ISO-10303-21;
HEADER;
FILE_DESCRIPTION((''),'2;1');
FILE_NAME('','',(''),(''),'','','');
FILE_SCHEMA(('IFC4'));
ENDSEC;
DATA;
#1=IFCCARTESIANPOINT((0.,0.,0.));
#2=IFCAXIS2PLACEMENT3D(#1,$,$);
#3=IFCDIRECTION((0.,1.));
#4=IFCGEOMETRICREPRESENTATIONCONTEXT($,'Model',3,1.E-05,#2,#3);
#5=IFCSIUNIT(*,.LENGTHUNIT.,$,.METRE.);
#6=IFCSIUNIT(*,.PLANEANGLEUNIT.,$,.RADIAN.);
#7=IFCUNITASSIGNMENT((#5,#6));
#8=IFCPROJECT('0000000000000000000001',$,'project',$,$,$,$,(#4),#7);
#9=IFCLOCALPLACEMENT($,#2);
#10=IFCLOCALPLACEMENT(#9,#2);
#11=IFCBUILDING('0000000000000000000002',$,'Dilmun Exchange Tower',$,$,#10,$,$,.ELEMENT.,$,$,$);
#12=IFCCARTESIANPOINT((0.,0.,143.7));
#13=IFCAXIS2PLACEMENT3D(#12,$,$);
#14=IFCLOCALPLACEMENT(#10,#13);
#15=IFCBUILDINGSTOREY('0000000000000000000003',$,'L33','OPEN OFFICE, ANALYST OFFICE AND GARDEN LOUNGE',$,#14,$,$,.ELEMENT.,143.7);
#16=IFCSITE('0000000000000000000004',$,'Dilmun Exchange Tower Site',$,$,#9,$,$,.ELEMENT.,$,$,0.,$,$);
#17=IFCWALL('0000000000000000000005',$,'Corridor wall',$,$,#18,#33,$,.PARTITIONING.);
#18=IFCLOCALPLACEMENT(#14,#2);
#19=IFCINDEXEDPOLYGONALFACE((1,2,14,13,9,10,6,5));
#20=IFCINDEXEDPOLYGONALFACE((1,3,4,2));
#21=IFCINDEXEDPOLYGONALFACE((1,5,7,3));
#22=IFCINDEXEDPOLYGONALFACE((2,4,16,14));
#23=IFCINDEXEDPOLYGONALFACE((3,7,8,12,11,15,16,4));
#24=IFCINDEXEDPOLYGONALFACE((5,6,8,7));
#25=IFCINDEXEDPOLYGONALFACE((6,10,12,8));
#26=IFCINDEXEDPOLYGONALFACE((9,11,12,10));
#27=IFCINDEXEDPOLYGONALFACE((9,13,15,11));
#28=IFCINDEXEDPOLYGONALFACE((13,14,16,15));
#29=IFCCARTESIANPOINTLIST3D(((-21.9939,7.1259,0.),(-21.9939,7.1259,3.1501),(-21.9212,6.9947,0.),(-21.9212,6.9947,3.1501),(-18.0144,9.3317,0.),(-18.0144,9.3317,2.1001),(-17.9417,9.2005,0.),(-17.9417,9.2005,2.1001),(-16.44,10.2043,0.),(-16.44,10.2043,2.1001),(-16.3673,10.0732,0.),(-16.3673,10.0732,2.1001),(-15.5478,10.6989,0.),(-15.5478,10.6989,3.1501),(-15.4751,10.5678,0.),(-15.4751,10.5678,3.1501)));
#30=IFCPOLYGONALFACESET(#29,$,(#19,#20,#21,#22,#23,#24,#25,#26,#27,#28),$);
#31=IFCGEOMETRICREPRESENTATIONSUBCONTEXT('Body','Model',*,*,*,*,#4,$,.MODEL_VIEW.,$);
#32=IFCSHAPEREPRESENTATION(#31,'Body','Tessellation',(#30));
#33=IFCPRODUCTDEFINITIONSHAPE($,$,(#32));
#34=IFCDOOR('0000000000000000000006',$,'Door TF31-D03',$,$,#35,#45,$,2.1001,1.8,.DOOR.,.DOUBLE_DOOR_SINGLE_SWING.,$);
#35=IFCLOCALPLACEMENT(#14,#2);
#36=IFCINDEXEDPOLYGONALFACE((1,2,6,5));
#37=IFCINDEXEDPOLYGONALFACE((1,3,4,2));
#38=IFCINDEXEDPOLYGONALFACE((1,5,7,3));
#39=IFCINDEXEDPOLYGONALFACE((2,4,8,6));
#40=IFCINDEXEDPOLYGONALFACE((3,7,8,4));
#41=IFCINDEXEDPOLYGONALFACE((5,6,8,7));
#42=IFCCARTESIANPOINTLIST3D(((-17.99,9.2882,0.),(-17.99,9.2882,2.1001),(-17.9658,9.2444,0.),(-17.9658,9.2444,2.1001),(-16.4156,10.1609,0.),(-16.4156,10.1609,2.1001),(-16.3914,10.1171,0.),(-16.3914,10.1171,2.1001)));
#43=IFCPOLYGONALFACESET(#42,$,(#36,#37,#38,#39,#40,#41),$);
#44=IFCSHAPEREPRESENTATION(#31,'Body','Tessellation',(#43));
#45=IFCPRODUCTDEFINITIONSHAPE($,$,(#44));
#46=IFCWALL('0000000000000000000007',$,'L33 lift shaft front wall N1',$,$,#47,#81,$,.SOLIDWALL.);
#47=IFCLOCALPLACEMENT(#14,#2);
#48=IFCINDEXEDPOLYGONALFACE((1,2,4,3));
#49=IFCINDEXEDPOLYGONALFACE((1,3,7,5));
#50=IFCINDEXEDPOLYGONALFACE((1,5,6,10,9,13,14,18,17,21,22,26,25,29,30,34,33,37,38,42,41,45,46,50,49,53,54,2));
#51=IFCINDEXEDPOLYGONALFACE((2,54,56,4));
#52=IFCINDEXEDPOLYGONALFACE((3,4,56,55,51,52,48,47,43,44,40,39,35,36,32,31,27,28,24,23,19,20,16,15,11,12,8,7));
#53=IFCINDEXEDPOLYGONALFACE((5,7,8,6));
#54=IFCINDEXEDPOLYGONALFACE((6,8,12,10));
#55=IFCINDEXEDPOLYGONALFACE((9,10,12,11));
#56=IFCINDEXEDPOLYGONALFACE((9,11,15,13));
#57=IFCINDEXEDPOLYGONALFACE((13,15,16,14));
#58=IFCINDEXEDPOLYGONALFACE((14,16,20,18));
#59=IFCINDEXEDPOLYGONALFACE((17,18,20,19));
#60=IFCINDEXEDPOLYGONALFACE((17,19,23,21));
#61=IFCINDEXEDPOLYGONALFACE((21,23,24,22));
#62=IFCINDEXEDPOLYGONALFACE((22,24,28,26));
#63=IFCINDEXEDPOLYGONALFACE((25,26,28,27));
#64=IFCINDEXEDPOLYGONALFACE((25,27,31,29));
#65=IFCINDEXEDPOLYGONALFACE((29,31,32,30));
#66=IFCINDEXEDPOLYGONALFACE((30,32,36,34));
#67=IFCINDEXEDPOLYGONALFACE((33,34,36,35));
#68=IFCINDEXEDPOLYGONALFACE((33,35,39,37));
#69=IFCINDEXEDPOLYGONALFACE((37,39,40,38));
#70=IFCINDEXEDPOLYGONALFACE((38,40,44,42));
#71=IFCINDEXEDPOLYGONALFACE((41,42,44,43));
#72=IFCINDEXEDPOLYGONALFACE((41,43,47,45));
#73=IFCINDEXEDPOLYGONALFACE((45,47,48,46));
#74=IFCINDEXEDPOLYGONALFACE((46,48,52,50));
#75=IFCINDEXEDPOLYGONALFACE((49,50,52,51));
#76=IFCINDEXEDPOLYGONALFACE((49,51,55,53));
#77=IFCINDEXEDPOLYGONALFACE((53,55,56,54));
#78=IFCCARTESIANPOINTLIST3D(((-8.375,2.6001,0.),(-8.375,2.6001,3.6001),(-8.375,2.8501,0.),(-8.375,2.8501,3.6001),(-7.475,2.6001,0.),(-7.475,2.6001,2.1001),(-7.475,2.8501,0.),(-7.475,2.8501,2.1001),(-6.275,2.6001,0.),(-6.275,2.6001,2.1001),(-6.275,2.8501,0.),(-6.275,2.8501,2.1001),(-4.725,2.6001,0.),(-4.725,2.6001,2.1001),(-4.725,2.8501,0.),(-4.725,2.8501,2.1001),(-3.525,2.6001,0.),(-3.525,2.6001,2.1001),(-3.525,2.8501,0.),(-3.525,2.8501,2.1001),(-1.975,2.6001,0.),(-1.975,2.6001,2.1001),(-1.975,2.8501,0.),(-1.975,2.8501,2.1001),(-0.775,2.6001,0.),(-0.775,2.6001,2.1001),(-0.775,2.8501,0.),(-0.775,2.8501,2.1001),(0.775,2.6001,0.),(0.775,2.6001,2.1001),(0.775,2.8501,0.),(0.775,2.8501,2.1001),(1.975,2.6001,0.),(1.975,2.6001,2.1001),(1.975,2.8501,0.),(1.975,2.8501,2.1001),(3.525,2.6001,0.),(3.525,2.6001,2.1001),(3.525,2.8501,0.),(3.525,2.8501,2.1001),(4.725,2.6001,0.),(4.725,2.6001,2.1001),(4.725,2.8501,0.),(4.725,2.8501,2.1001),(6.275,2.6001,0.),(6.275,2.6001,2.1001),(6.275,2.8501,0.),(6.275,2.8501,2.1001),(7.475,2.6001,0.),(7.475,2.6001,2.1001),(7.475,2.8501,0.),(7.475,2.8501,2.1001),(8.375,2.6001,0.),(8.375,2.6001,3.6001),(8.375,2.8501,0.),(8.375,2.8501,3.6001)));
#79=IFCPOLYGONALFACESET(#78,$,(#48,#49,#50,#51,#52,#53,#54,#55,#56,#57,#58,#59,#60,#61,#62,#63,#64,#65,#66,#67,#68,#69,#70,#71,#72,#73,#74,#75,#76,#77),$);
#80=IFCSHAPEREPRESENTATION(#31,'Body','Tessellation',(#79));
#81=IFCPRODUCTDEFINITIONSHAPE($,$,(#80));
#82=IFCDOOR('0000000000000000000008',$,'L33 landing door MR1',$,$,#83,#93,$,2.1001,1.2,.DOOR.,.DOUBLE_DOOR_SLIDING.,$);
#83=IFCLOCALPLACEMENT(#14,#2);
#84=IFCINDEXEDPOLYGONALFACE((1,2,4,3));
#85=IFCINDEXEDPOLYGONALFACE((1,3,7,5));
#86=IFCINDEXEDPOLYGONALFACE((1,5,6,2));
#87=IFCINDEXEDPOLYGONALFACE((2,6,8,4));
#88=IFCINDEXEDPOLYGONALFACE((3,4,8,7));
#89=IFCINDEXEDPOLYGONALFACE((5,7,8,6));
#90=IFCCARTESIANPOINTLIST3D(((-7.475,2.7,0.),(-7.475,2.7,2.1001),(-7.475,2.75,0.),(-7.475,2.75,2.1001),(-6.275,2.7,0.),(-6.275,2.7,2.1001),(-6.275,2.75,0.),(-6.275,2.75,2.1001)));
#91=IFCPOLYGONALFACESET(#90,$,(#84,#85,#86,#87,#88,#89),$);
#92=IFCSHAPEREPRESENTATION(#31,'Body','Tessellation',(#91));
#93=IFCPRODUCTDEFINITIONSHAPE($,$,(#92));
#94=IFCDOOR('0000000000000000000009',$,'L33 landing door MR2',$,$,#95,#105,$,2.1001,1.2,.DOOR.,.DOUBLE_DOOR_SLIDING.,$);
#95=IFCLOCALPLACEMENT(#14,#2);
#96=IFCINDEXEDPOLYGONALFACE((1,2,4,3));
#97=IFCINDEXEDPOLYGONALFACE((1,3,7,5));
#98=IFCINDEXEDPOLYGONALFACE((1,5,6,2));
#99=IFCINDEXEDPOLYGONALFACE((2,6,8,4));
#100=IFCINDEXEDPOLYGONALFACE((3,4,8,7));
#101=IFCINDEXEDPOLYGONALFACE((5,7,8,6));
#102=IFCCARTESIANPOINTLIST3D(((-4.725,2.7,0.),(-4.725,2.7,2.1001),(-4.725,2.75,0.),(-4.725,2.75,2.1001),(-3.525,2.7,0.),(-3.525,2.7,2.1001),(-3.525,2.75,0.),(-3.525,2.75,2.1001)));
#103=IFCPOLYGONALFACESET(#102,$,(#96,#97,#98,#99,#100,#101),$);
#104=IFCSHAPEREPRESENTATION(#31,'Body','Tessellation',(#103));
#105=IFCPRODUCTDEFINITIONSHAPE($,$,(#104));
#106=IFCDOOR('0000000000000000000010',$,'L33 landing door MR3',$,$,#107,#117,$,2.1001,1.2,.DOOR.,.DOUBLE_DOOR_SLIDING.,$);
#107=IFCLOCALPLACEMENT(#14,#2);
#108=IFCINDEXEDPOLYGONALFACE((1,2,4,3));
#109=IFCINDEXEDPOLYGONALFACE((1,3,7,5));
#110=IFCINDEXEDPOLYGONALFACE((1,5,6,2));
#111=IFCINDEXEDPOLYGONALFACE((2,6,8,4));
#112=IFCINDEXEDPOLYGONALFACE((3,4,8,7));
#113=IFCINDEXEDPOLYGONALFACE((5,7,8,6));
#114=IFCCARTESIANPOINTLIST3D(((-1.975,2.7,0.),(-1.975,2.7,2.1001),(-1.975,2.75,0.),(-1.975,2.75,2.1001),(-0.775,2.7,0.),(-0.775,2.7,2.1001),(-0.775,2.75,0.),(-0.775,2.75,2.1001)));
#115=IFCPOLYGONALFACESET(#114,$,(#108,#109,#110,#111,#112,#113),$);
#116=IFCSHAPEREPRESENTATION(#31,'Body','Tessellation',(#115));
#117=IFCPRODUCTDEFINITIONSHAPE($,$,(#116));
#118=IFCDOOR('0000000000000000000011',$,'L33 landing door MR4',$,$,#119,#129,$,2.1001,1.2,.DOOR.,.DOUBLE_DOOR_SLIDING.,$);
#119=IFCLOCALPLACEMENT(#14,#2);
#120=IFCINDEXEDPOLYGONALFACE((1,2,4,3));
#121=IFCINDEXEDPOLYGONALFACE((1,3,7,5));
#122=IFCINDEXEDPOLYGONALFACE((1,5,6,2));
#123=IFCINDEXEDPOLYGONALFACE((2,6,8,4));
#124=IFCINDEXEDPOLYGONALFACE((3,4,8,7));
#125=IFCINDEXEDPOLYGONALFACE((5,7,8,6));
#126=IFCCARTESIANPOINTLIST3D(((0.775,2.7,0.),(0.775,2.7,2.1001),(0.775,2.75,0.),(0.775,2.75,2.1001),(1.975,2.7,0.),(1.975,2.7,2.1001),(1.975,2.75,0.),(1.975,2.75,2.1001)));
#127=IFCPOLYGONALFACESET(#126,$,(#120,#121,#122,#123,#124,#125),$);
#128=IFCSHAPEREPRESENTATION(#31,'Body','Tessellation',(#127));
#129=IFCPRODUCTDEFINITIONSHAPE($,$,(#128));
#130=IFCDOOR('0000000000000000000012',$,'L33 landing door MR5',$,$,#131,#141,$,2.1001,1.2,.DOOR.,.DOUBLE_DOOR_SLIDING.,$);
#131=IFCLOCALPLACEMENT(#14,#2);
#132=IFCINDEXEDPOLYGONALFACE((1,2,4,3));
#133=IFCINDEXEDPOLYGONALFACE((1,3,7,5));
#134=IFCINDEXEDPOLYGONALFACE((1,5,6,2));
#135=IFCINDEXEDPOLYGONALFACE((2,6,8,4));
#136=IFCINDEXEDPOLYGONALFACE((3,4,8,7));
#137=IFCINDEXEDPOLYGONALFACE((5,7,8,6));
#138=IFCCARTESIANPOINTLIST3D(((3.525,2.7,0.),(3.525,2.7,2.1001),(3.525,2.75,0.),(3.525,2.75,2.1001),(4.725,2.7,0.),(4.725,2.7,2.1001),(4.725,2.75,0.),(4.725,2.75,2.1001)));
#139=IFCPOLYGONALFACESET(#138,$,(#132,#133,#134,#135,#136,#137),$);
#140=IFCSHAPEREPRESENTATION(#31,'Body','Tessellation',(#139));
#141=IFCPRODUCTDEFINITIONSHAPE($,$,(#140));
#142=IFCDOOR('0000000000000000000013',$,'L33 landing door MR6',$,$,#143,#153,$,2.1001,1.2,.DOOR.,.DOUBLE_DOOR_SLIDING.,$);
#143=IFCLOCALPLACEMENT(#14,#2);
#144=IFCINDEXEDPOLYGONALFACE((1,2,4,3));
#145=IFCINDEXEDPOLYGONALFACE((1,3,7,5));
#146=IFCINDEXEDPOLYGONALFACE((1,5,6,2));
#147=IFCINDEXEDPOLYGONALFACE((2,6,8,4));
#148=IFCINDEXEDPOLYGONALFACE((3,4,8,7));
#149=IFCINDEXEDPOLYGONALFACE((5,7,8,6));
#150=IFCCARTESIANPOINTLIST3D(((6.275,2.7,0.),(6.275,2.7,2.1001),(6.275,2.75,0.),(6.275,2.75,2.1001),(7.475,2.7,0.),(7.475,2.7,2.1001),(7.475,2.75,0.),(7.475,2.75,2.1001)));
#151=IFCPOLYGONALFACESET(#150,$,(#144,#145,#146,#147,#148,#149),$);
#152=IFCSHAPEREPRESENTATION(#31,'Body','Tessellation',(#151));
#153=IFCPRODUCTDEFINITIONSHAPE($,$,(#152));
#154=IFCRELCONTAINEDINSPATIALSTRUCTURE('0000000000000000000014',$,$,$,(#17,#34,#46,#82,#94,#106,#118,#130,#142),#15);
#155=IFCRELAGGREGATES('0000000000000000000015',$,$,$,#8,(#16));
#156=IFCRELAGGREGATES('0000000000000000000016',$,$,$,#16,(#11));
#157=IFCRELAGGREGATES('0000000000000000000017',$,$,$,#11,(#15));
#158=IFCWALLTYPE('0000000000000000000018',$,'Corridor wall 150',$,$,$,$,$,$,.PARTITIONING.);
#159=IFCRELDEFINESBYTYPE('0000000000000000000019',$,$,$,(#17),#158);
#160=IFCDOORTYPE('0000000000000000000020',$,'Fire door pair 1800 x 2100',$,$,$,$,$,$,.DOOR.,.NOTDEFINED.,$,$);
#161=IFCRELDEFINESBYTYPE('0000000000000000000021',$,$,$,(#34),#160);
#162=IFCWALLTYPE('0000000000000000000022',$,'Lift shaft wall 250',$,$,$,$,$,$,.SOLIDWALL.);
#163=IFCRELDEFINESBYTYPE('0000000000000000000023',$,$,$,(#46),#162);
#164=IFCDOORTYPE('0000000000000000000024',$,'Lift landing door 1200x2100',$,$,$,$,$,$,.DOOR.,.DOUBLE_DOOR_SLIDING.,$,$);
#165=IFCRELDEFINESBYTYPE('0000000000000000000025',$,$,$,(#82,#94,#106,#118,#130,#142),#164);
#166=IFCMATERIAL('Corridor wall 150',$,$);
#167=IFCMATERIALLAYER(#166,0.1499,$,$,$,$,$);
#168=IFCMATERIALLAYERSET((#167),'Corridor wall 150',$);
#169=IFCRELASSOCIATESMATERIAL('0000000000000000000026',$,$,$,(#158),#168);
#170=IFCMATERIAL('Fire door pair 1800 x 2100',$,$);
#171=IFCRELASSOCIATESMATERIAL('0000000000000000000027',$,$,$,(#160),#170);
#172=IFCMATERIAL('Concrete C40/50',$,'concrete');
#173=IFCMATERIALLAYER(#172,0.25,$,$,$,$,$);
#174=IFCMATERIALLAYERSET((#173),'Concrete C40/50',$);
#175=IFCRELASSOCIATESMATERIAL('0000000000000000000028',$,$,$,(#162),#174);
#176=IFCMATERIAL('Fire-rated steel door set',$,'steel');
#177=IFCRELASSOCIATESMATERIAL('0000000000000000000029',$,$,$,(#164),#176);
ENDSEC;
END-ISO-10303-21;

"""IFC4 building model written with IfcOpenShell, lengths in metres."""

from ifc_helpers import new_model, si_unit, direction, frame, frame_2d, origin, place, context, subcontext, project, spatial, rectangle, extrude, material, layer, layer_set, type_object, element, fill, save


model = new_model("IFC4")

# Units and contexts
model_context = context("Model", 3, precision=1e-05, world=origin(), true_north=direction((0.0, 1.0)))
body_context = subcontext(model_context, "Body", "Model", "MODEL_VIEW")
ifc_project = project(units=[si_unit("LENGTHUNIT", "METRE"), si_unit("PLANEANGLEUNIT", "RADIAN")], contexts=[model_context])

# Site, building, storey
site_placement = place(None, origin())
site = spatial("IfcSite", under=ifc_project, at=site_placement, Name="Dilmun Exchange Tower Site", CompositionType="ELEMENT", RefElevation=0.0)
building_placement = place(site_placement, origin())
building = spatial("IfcBuilding", under=site, at=building_placement, Name="Dilmun Exchange Tower", CompositionType="ELEMENT")
storey_placement = place(building_placement, frame((0.0, 0.0, 143.7)))
storey = spatial("IfcBuildingStorey", under=building, at=storey_placement, Name="L33", Description="OPEN OFFICE, ANALYST OFFICE AND GARDEN LOUNGE", CompositionType="ELEMENT", Elevation=143.7)

# Shared definitions
ifc_material_1 = material(Name="Concrete C40/50", Category="concrete")

# Shared definitions
ifc_material_2 = material(Name="Fire-rated steel door set", Category="steel")

# Shared definitions
ifc_material_3 = material(Name="Corridor wall 150")
ifc_layer_1 = layer(ifc_material_3, 0.1499)
ifc_layer_set_1 = layer_set([ifc_layer_1], Name="Corridor wall 150")
wall_type_1 = type_object("IfcWallType", Name="Corridor wall 150", PredefinedType="PARTITIONING", material=ifc_layer_set_1)

# Wall, opening, door
wall_1_placement = place(storey_placement, frame((-21.9575, 7.0603, 0.0), z_axis=(0.0, 0.0, 1.0), x_axis=(0.874626, 0.484799, 0.0)))
wall_1 = element("IfcWall", 1, at=wall_1_placement, inside=storey, type_object=wall_type_1, Name="Corridor wall", PredefinedType="PARTITIONING", context=body_context, shape_type="SweptSolid", body=[
    extrude(rectangle(XDim=7.3701, YDim=0.1499, at=frame_2d((3.6851, 0.0))), origin(), (0.0, 0.0, 1.0), 3.1501),
])
opening_1_placement = place(wall_1_placement, frame((4.55, 0.0, 0.0)))
opening_1 = element("IfcOpeningElement", 2, at=opening_1_placement, cuts=wall_1, PredefinedType="OPENING", context=body_context, shape_type="SweptSolid", body=[
    extrude(rectangle(XDim=1.8, YDim=2.1001, at=frame_2d((0.8999, 1.05))), frame((0.0, 0.085, 0.0), z_axis=(0.0, -1.0, 0.0), x_axis=(1.0, 0.0, 0.0)), (0.0, 0.0, 1.0), 0.1699),
])
ifc_material_4 = material(Name="Fire door pair 1800 x 2100")
door_type_1 = type_object("IfcDoorType", Name="Fire door pair 1800 x 2100", OperationType="NOTDEFINED", PredefinedType="DOOR", material=ifc_material_4)
door_1_placement = place(opening_1_placement, frame((1.8, 0.0, 0.0), z_axis=(0.0, 0.0, 1.0), x_axis=(-1.0, 0.0, 0.0)))
door_1 = element("IfcDoor", 3, at=door_1_placement, inside=storey, type_object=door_type_1, Name="Door TF31-D03", OperationType="DOUBLE_DOOR_SINGLE_SWING", OverallHeight=2.1001, OverallWidth=1.8, PredefinedType="DOOR", context=body_context, shape_type="SweptSolid", body=[
    extrude(rectangle(XDim=1.8, YDim=2.1001, at=frame_2d((0.8999, 1.05))), frame((0.0, 0.0249, 0.0), z_axis=(0.0, -1.0, 0.0), x_axis=(1.0, 0.0, 0.0)), (0.0, 0.0, 1.0), 0.05),
])
fill(opening_1, door_1)

# Wall, openings, doors
ifc_layer_2 = layer(ifc_material_1, 0.25)
ifc_layer_set_2 = layer_set([ifc_layer_2], Name="Concrete C40/50")
wall_type_2 = type_object("IfcWallType", Name="Lift shaft wall 250", PredefinedType="SOLIDWALL", material=ifc_layer_set_2)
wall_2_placement = place(storey_placement, frame((-8.375, 2.7251, 0.0), z_axis=(0.0, 0.0, 1.0), x_axis=(1.0, 0.0, 0.0)))
wall_2 = element("IfcWall", 4, at=wall_2_placement, inside=storey, type_object=wall_type_2, Name="L33 lift shaft front wall N1", PredefinedType="SOLIDWALL", context=body_context, shape_type="SweptSolid", body=[
    extrude(rectangle(XDim=16.75, YDim=0.25, at=frame_2d((8.375, 0.0))), origin(), (0.0, 0.0, 1.0), 3.6001),
])
opening_2_placement = place(wall_2_placement, frame((0.8999, 0.0, 0.0)))
opening_2 = element("IfcOpeningElement", 5, at=opening_2_placement, cuts=wall_2, PredefinedType="OPENING", context=body_context, shape_type="SweptSolid", body=[
    extrude(rectangle(XDim=1.2, YDim=2.1001, at=frame_2d((0.6001, 1.05))), frame((0.0, 0.135, 0.0), z_axis=(0.0, -1.0, 0.0), x_axis=(1.0, 0.0, 0.0)), (0.0, 0.0, 1.0), 0.27),
])
opening_3_placement = place(wall_2_placement, frame((3.6499, 0.0, 0.0)))
opening_3 = element("IfcOpeningElement", 6, at=opening_3_placement, cuts=wall_2, PredefinedType="OPENING", context=body_context, shape_type="SweptSolid", body=[
    extrude(rectangle(XDim=1.2, YDim=2.1001, at=frame_2d((0.6001, 1.05))), frame((0.0, 0.135, 0.0), z_axis=(0.0, -1.0, 0.0), x_axis=(1.0, 0.0, 0.0)), (0.0, 0.0, 1.0), 0.27),
])
opening_4_placement = place(wall_2_placement, frame((6.3999, 0.0, 0.0)))
opening_4 = element("IfcOpeningElement", 7, at=opening_4_placement, cuts=wall_2, PredefinedType="OPENING", context=body_context, shape_type="SweptSolid", body=[
    extrude(rectangle(XDim=1.2, YDim=2.1001, at=frame_2d((0.6001, 1.05))), frame((0.0, 0.135, 0.0), z_axis=(0.0, -1.0, 0.0), x_axis=(1.0, 0.0, 0.0)), (0.0, 0.0, 1.0), 0.27),
])
opening_5_placement = place(wall_2_placement, frame((9.1499, 0.0, 0.0)))
opening_5 = element("IfcOpeningElement", 8, at=opening_5_placement, cuts=wall_2, PredefinedType="OPENING", context=body_context, shape_type="SweptSolid", body=[
    extrude(rectangle(XDim=1.2, YDim=2.1001, at=frame_2d((0.6001, 1.05))), frame((0.0, 0.135, 0.0), z_axis=(0.0, -1.0, 0.0), x_axis=(1.0, 0.0, 0.0)), (0.0, 0.0, 1.0), 0.27),
])
opening_6_placement = place(wall_2_placement, frame((11.8999, 0.0, 0.0)))
opening_6 = element("IfcOpeningElement", 9, at=opening_6_placement, cuts=wall_2, PredefinedType="OPENING", context=body_context, shape_type="SweptSolid", body=[
    extrude(rectangle(XDim=1.2, YDim=2.1001, at=frame_2d((0.6001, 1.05))), frame((0.0, 0.135, 0.0), z_axis=(0.0, -1.0, 0.0), x_axis=(1.0, 0.0, 0.0)), (0.0, 0.0, 1.0), 0.27),
])
opening_7_placement = place(wall_2_placement, frame((14.6499, 0.0, 0.0)))
opening_7 = element("IfcOpeningElement", 10, at=opening_7_placement, cuts=wall_2, PredefinedType="OPENING", context=body_context, shape_type="SweptSolid", body=[
    extrude(rectangle(XDim=1.2, YDim=2.1001, at=frame_2d((0.6001, 1.05))), frame((0.0, 0.135, 0.0), z_axis=(0.0, -1.0, 0.0), x_axis=(1.0, 0.0, 0.0)), (0.0, 0.0, 1.0), 0.27),
])
door_type_2 = type_object("IfcDoorType", Name="Lift landing door 1200x2100", OperationType="DOUBLE_DOOR_SLIDING", PredefinedType="DOOR", material=ifc_material_2)
door_2_placement = place(opening_2_placement, origin())
door_2 = element("IfcDoor", 11, at=door_2_placement, inside=storey, type_object=door_type_2, Name="L33 landing door MR1", OperationType="DOUBLE_DOOR_SLIDING", OverallHeight=2.1001, OverallWidth=1.2, PredefinedType="DOOR", context=body_context, shape_type="SweptSolid", body=[
    extrude(rectangle(XDim=1.2, YDim=2.1001, at=frame_2d((0.6001, 1.05))), frame((0.0, 0.0249, 0.0), z_axis=(0.0, -1.0, 0.0), x_axis=(1.0, 0.0, 0.0)), (0.0, 0.0, 1.0), 0.05),
])
fill(opening_2, door_2)
door_3_placement = place(opening_3_placement, origin())
door_3 = element("IfcDoor", 12, at=door_3_placement, inside=storey, type_object=door_type_2, Name="L33 landing door MR2", OperationType="DOUBLE_DOOR_SLIDING", OverallHeight=2.1001, OverallWidth=1.2, PredefinedType="DOOR", context=body_context, shape_type="SweptSolid", body=[
    extrude(rectangle(XDim=1.2, YDim=2.1001, at=frame_2d((0.6001, 1.05))), frame((0.0, 0.0249, 0.0), z_axis=(0.0, -1.0, 0.0), x_axis=(1.0, 0.0, 0.0)), (0.0, 0.0, 1.0), 0.05),
])
fill(opening_3, door_3)
door_4_placement = place(opening_4_placement, origin())
door_4 = element("IfcDoor", 13, at=door_4_placement, inside=storey, type_object=door_type_2, Name="L33 landing door MR3", OperationType="DOUBLE_DOOR_SLIDING", OverallHeight=2.1001, OverallWidth=1.2, PredefinedType="DOOR", context=body_context, shape_type="SweptSolid", body=[
    extrude(rectangle(XDim=1.2, YDim=2.1001, at=frame_2d((0.6001, 1.05))), frame((0.0, 0.0249, 0.0), z_axis=(0.0, -1.0, 0.0), x_axis=(1.0, 0.0, 0.0)), (0.0, 0.0, 1.0), 0.05),
])
fill(opening_4, door_4)
door_5_placement = place(opening_5_placement, origin())
door_5 = element("IfcDoor", 14, at=door_5_placement, inside=storey, type_object=door_type_2, Name="L33 landing door MR4", OperationType="DOUBLE_DOOR_SLIDING", OverallHeight=2.1001, OverallWidth=1.2, PredefinedType="DOOR", context=body_context, shape_type="SweptSolid", body=[
    extrude(rectangle(XDim=1.2, YDim=2.1001, at=frame_2d((0.6001, 1.05))), frame((0.0, 0.0249, 0.0), z_axis=(0.0, -1.0, 0.0), x_axis=(1.0, 0.0, 0.0)), (0.0, 0.0, 1.0), 0.05),
])
fill(opening_5, door_5)
door_6_placement = place(opening_6_placement, origin())
door_6 = element("IfcDoor", 15, at=door_6_placement, inside=storey, type_object=door_type_2, Name="L33 landing door MR5", OperationType="DOUBLE_DOOR_SLIDING", OverallHeight=2.1001, OverallWidth=1.2, PredefinedType="DOOR", context=body_context, shape_type="SweptSolid", body=[
    extrude(rectangle(XDim=1.2, YDim=2.1001, at=frame_2d((0.6001, 1.05))), frame((0.0, 0.0249, 0.0), z_axis=(0.0, -1.0, 0.0), x_axis=(1.0, 0.0, 0.0)), (0.0, 0.0, 1.0), 0.05),
])
fill(opening_6, door_6)
door_7_placement = place(opening_7_placement, origin())
door_7 = element("IfcDoor", 16, at=door_7_placement, inside=storey, type_object=door_type_2, Name="L33 landing door MR6", OperationType="DOUBLE_DOOR_SLIDING", OverallHeight=2.1001, OverallWidth=1.2, PredefinedType="DOOR", context=body_context, shape_type="SweptSolid", body=[
    extrude(rectangle(XDim=1.2, YDim=2.1001, at=frame_2d((0.6001, 1.05))), frame((0.0, 0.0249, 0.0), z_axis=(0.0, -1.0, 0.0), x_axis=(1.0, 0.0, 0.0)), (0.0, 0.0, 1.0), 0.05),
])
fill(opening_7, door_7)

save(model, "model.ifc")
